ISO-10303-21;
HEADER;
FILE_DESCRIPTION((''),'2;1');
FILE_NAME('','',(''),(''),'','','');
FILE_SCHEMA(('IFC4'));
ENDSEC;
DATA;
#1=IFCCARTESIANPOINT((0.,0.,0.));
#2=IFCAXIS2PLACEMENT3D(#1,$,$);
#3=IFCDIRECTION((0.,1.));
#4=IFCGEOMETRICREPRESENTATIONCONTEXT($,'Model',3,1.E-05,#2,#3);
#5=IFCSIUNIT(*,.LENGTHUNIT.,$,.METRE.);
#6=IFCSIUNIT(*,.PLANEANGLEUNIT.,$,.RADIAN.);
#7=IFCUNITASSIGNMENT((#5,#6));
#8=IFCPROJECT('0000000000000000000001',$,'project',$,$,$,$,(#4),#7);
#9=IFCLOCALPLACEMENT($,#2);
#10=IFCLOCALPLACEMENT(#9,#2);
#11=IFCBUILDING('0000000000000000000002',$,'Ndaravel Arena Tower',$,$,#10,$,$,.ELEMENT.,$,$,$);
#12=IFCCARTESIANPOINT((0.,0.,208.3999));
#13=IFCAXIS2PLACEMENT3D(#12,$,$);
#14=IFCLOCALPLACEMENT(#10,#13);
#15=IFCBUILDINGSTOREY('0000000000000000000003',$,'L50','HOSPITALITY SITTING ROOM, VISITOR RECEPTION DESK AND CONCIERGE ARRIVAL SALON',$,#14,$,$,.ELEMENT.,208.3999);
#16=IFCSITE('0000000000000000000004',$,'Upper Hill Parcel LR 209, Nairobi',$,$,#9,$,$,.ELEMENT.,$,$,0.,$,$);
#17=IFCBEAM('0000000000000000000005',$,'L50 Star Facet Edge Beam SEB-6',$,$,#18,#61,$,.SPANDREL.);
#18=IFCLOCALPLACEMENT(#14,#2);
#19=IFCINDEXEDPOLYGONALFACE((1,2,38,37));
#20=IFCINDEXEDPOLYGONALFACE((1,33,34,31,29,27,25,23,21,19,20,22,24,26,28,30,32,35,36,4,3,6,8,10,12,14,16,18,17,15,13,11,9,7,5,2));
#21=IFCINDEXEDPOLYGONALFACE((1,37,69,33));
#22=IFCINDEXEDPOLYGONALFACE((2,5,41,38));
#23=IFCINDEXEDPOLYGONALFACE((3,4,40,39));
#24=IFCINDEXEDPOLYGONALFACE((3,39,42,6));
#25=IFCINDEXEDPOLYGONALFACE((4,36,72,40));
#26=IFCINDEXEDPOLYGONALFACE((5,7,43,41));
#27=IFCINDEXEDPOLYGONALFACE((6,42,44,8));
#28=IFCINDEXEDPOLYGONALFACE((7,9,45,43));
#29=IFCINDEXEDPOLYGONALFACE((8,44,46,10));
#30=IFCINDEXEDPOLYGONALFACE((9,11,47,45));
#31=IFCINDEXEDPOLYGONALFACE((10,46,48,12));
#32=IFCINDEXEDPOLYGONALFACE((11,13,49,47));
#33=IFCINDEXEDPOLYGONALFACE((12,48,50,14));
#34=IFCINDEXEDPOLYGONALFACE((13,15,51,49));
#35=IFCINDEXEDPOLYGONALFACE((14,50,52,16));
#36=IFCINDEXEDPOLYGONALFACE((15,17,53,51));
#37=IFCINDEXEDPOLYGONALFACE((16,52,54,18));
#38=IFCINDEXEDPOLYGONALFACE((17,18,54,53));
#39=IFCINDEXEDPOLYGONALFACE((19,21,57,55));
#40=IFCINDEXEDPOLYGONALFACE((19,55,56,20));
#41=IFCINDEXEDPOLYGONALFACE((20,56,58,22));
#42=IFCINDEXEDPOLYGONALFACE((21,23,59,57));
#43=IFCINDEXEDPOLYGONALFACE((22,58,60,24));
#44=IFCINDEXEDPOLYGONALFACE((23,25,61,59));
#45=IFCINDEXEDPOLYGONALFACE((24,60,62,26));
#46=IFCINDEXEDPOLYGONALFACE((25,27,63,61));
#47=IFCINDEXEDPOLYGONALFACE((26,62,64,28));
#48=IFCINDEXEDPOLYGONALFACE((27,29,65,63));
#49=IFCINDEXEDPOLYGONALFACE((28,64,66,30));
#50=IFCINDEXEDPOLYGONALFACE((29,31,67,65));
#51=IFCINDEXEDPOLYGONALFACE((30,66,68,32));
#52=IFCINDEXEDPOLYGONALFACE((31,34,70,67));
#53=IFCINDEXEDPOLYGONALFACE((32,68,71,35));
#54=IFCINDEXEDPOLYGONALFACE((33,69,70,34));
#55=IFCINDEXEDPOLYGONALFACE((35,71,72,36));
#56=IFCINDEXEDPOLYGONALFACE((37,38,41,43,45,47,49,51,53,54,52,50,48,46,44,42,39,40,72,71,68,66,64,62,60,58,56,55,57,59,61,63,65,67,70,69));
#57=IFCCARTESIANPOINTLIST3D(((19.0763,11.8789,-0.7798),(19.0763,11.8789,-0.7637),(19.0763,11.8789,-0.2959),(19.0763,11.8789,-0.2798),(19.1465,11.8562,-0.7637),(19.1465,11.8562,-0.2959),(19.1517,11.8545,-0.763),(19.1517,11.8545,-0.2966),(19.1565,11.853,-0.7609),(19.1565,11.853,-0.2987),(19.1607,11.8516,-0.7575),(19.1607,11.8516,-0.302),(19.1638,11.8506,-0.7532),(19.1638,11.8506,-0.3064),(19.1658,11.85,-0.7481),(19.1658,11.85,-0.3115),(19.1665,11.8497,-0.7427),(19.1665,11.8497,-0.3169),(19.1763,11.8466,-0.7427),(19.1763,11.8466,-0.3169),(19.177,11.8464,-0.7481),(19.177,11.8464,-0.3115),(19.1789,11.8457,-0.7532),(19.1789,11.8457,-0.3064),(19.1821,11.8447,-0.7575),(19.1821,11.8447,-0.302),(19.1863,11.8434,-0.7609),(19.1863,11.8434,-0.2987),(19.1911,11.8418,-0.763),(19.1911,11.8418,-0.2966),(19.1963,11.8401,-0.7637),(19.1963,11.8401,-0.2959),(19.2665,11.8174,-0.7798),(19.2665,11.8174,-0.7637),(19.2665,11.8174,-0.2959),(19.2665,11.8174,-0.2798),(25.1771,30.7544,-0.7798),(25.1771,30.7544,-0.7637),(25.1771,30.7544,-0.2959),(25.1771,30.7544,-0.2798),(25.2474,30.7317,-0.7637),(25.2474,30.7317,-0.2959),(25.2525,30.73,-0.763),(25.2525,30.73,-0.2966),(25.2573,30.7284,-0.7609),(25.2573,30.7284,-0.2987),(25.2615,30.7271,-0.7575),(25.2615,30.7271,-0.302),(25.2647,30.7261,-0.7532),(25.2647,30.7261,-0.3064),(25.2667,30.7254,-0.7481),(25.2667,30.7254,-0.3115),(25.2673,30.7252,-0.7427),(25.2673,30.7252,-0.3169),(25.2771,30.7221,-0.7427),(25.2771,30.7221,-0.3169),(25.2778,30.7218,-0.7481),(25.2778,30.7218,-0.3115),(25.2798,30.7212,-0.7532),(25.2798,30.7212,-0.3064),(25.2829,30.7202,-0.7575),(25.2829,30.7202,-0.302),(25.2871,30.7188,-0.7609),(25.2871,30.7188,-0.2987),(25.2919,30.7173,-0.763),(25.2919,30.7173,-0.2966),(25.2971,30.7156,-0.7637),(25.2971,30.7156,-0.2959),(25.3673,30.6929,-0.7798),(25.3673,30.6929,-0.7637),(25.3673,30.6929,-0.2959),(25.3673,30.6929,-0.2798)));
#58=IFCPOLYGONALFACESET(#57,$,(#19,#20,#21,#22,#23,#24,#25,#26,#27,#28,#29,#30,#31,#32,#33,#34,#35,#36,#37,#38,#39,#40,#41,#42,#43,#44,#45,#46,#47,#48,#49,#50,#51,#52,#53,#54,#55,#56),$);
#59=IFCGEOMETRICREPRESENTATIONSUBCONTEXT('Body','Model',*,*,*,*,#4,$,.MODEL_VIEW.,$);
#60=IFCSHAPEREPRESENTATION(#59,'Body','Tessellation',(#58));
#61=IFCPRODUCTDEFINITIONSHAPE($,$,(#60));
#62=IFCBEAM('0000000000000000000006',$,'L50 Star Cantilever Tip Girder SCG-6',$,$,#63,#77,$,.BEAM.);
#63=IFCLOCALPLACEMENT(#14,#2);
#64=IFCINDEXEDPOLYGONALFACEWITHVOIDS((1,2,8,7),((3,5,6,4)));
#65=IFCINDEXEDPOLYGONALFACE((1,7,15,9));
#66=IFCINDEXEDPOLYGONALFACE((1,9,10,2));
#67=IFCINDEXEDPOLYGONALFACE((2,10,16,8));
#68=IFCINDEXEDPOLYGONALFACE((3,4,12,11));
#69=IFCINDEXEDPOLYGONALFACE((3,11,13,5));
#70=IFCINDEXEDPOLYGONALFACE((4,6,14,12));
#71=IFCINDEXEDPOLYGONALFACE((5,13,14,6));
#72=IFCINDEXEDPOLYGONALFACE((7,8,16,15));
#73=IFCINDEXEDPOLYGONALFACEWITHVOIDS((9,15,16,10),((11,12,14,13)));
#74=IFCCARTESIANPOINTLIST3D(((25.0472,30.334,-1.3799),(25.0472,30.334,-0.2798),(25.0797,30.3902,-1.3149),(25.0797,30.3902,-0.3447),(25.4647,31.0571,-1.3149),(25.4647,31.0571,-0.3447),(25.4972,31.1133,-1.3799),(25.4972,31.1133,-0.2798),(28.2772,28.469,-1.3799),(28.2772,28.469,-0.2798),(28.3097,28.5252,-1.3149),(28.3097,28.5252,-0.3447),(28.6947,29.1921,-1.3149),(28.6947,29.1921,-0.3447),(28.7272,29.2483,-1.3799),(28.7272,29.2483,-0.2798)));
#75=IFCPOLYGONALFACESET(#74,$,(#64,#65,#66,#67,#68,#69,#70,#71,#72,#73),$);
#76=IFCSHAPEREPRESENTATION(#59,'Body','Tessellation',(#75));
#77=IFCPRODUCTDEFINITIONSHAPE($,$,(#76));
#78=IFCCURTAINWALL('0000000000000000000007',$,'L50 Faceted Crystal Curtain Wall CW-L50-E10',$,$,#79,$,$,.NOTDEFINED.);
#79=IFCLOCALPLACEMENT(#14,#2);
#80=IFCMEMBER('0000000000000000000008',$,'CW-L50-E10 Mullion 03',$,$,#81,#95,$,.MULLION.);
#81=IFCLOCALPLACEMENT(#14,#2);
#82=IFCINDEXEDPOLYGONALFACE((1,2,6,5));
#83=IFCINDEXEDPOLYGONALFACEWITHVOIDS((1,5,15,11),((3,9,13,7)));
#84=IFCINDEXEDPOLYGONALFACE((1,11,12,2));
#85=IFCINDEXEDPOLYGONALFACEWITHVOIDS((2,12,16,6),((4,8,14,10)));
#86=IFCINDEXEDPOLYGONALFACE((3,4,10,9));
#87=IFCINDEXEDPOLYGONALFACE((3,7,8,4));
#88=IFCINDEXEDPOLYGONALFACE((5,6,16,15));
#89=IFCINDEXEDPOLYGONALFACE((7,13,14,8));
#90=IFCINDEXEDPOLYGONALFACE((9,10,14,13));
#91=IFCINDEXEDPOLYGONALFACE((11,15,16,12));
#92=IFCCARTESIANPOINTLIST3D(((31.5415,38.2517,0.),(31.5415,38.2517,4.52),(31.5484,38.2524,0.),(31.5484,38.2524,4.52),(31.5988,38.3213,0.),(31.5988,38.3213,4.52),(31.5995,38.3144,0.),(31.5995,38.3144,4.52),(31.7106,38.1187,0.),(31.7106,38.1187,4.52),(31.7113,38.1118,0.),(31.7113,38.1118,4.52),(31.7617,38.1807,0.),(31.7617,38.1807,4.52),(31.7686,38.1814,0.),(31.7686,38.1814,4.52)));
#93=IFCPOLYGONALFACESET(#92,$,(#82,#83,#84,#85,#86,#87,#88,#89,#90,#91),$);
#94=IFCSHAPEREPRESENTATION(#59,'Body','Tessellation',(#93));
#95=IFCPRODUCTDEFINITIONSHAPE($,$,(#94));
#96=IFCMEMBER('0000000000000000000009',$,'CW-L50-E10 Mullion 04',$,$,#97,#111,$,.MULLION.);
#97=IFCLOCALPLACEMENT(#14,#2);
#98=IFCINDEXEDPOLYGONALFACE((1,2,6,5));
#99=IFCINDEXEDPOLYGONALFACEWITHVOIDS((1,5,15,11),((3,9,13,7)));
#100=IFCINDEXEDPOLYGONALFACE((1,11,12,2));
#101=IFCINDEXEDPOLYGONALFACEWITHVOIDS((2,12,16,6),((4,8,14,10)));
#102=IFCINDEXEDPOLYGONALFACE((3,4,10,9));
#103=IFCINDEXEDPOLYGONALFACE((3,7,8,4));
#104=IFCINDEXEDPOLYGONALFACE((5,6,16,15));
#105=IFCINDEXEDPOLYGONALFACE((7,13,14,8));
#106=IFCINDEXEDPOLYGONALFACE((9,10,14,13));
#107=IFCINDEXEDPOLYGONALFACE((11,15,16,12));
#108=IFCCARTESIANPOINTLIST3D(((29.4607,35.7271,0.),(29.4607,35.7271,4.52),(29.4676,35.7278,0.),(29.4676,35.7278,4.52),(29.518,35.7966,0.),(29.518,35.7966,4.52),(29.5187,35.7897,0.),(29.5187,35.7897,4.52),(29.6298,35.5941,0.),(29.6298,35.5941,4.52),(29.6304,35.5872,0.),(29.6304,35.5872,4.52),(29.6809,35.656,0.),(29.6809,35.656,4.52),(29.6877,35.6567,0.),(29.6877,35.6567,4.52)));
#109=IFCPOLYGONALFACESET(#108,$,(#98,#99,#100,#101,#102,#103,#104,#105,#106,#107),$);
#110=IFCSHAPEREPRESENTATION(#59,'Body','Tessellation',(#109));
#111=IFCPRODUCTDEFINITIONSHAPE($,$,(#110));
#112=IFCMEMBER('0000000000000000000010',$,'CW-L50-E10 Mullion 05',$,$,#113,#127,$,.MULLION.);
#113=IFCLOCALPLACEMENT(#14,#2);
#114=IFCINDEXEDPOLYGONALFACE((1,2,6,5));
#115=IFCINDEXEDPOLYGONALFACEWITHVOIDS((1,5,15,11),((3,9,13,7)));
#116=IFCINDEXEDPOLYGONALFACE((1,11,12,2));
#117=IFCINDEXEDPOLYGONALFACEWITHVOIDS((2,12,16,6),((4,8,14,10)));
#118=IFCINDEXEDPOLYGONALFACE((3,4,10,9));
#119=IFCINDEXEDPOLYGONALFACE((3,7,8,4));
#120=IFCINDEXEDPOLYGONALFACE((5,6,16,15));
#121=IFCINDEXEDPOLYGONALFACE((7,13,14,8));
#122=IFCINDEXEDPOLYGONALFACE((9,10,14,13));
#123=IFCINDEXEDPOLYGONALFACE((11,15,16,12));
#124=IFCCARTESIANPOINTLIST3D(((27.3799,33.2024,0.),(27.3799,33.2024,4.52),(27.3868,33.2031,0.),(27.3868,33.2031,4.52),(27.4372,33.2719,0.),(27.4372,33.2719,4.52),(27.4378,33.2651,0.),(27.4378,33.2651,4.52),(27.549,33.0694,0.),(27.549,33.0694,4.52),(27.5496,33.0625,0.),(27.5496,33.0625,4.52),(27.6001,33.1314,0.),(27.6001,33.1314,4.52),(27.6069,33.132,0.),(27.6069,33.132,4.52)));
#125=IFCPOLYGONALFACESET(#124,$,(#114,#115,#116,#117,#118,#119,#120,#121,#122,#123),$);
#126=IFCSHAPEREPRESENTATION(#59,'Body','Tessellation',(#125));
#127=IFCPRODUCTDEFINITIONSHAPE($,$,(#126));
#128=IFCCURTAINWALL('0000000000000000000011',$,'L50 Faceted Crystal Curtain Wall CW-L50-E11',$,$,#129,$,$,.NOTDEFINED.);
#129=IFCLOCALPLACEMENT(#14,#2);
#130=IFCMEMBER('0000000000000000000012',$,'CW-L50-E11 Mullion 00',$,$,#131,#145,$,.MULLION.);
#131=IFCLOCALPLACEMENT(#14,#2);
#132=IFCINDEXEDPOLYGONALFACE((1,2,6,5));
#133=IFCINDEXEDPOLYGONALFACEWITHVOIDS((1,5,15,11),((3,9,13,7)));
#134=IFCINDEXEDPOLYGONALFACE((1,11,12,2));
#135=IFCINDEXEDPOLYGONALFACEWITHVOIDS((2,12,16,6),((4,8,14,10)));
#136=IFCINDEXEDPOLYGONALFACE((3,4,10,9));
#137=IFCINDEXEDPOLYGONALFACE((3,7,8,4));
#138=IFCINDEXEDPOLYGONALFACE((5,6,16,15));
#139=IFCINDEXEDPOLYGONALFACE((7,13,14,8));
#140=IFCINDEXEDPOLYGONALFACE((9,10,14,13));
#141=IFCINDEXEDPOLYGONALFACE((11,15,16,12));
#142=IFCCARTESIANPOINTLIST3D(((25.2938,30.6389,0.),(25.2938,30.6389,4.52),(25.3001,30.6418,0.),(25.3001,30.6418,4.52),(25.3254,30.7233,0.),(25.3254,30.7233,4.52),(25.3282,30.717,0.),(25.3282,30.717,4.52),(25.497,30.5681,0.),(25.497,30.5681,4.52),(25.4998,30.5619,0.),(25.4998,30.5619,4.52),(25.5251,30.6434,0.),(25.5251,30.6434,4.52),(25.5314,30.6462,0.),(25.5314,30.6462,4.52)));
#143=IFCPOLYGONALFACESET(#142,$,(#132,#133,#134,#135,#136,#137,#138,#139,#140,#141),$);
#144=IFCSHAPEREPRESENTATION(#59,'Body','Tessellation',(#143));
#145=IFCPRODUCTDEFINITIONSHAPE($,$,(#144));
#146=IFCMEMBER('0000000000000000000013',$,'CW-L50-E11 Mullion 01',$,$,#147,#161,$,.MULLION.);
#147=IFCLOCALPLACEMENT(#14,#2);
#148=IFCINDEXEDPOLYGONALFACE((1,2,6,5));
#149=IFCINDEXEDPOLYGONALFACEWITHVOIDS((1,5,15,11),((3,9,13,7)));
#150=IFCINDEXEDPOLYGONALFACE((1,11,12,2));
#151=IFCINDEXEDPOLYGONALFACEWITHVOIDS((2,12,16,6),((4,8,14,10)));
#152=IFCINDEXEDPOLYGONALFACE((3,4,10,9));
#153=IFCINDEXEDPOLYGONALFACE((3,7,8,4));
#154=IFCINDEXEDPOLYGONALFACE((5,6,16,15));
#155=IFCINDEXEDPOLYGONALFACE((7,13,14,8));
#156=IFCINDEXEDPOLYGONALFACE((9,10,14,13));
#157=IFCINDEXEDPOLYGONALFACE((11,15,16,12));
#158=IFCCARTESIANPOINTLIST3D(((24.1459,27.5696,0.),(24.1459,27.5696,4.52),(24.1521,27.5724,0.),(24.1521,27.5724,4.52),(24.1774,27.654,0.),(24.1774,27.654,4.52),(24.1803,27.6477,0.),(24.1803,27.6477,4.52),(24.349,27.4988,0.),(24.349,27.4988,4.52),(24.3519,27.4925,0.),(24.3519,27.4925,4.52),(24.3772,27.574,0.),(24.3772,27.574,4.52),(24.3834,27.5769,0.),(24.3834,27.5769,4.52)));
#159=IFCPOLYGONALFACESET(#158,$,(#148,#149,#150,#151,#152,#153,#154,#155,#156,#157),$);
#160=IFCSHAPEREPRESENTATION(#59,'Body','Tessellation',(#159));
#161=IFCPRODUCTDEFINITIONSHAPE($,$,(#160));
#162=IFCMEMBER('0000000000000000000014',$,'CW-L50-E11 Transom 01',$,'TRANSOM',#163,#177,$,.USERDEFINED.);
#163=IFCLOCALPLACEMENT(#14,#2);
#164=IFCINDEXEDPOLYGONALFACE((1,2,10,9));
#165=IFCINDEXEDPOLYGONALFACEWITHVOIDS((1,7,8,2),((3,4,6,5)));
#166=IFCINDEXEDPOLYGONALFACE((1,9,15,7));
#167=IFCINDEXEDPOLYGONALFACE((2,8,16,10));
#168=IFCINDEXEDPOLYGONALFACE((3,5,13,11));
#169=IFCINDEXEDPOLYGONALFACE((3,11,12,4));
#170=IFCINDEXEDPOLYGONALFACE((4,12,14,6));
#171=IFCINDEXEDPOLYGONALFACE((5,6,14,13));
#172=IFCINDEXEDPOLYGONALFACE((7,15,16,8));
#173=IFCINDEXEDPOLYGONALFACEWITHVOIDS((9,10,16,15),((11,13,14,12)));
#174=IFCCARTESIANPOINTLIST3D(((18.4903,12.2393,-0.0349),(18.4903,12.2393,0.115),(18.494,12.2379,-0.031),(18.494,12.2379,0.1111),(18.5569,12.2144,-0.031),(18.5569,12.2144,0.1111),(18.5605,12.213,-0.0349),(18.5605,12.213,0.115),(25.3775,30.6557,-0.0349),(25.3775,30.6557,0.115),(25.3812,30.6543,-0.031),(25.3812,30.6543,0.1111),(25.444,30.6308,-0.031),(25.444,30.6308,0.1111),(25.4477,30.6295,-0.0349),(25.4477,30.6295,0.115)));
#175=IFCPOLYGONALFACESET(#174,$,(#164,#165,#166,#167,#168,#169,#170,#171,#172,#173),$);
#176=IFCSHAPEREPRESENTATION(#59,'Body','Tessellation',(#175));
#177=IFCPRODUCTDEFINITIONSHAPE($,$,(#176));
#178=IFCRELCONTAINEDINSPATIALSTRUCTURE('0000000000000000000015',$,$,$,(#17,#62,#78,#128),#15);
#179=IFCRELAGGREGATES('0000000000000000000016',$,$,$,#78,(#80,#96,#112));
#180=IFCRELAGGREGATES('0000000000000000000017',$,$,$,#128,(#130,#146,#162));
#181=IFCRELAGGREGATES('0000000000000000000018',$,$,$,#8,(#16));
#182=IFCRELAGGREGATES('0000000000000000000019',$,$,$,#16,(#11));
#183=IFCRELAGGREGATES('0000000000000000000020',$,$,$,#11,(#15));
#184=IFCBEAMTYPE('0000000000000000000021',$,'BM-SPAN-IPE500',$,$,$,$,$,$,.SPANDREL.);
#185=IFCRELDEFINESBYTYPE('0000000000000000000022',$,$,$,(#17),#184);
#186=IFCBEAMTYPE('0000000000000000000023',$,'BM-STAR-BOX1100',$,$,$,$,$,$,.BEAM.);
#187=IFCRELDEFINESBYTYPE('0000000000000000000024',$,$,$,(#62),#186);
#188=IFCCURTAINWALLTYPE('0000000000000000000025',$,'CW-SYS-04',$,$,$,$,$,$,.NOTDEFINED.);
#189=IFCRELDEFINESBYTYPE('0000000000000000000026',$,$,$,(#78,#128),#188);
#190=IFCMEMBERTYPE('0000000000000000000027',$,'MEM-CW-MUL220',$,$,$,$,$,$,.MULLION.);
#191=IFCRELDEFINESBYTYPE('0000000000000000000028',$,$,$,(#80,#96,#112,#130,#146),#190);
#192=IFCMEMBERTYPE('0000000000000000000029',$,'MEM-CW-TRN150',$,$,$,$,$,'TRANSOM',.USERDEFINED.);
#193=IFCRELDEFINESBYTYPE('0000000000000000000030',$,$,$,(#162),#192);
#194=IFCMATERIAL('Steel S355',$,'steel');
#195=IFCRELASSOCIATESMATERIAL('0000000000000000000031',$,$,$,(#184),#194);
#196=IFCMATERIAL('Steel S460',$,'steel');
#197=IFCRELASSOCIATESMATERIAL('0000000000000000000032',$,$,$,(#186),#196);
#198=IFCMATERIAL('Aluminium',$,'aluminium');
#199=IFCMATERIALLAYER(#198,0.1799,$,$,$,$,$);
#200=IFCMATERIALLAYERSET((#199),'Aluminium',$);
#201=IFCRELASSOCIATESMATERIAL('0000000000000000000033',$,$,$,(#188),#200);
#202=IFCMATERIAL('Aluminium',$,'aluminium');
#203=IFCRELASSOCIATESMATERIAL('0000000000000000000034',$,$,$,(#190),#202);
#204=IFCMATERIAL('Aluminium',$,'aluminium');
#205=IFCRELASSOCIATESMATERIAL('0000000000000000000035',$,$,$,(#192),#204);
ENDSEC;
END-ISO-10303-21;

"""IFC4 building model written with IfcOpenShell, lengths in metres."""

from ifc_helpers import new_model, si_unit, direction, frame, origin, origin_2d, place, context, subcontext, project, spatial, hollow_rectangle, i_section, extrude, material, layer, layer_set, material_profile, profile_set, type_object, element, aggregate, save


model = new_model("IFC4")

# Units and contexts
model_context = context("Model", 3, precision=1e-05, world=origin(), true_north=direction((0.0, 1.0)))
body_context = subcontext(model_context, "Body", "Model", "MODEL_VIEW")
ifc_project = project(units=[si_unit("LENGTHUNIT", "METRE"), si_unit("PLANEANGLEUNIT", "RADIAN")], contexts=[model_context])

# Site, building, storey
site_placement = place(None, origin())
site = spatial("IfcSite", under=ifc_project, at=site_placement, Name="Upper Hill Parcel LR 209, Nairobi", CompositionType="ELEMENT", RefElevation=0.0)
building_placement = place(site_placement, origin())
building = spatial("IfcBuilding", under=site, at=building_placement, Name="Ndaravel Arena Tower", CompositionType="ELEMENT")
storey_placement = place(building_placement, frame((0.0, 0.0, 208.3999)))
storey = spatial("IfcBuildingStorey", under=building, at=storey_placement, Name="L50", Description="HOSPITALITY SITTING ROOM, VISITOR RECEPTION DESK AND CONCIERGE ARRIVAL SALON", CompositionType="ELEMENT", Elevation=208.3999)

# Beams
ifc_material_1 = material(Name="Steel S355", Category="steel")
ifc_material_profile_1 = material_profile(ifc_material_1, i_section(OverallWidth=0.2, OverallDepth=0.5, WebThickness=0.0103, FlangeThickness=0.0161, FilletRadius=0.021, at=origin_2d()), Name="IPE 500")
ifc_profile_set_1 = profile_set([ifc_material_profile_1], Name="Steel S355")
beam_type_1 = type_object("IfcBeamType", Name="BM-SPAN-IPE500", PredefinedType="SPANDREL", material=ifc_profile_set_1)
beam_1_placement = place(storey_placement, frame((25.2722, 30.7236, -0.5298), z_axis=(-0.307549, -0.951532, 0.0), x_axis=(0.951532, -0.307549, 0.0)))
element("IfcBeam", 1, at=beam_1_placement, inside=storey, type_object=beam_type_1, Name="L50 Star Facet Edge Beam SEB-6", PredefinedType="SPANDREL", context=body_context, shape_type="SweptSolid", body=[
    extrude(i_section(OverallWidth=0.2, OverallDepth=0.5, WebThickness=0.0103, FlangeThickness=0.0161, FilletRadius=0.021, at=origin_2d()), origin(), (0.0, 0.0, 1.0), 19.8369),
])
ifc_material_2 = material(Name="Steel S460", Category="steel")
ifc_material_profile_2 = material_profile(ifc_material_2, hollow_rectangle(XDim=0.8999, YDim=1.1001, WallThickness=0.0649, at=origin_2d()), Name="BOX 1100x900x65")
ifc_profile_set_2 = profile_set([ifc_material_profile_2], Name="Steel S460")
beam_type_2 = type_object("IfcBeamType", Name="BM-STAR-BOX1100", PredefinedType="BEAM", material=ifc_profile_set_2)
beam_2_placement = place(storey_placement, frame((28.5022, 28.8586, -0.8298), z_axis=(-0.866007, 0.500032, 0.0), x_axis=(-0.500032, -0.866007, 0.0)))
element("IfcBeam", 2, at=beam_2_placement, inside=storey, type_object=beam_type_2, Name="L50 Star Cantilever Tip Girder SCG-6", PredefinedType="BEAM", context=body_context, shape_type="SweptSolid", body=[
    extrude(hollow_rectangle(XDim=0.8999, YDim=1.1001, WallThickness=0.0649, at=origin_2d()), origin(), (0.0, 0.0, 1.0), 3.7297),
])

# Curtain walls, members
ifc_material_3 = material(Name="Aluminium", Category="aluminium")
ifc_layer_1 = layer(ifc_material_3, 0.1799)
ifc_layer_set_1 = layer_set([ifc_layer_1], Name="Aluminium")
curtain_wall_type = type_object("IfcCurtainWallType", Name="CW-SYS-04", PredefinedType="NOTDEFINED", material=ifc_layer_set_1)
curtain_wall_1_placement = place(storey_placement, origin())
curtain_wall_1 = element("IfcCurtainWall", 3, at=curtain_wall_1_placement, inside=storey, type_object=curtain_wall_type, Name="L50 Faceted Crystal Curtain Wall CW-L50-E10", PredefinedType="NOTDEFINED")
ifc_material_4 = material(Name="Aluminium", Category="aluminium")
ifc_material_profile_3 = material_profile(ifc_material_4, hollow_rectangle(XDim=0.0901, YDim=0.22, WallThickness=0.0049, at=origin_2d()), Name="CW MULLION 90x220x5")
ifc_profile_set_3 = profile_set([ifc_material_profile_3], Name="Aluminium")
member_type_1 = type_object("IfcMemberType", Name="MEM-CW-MUL220", PredefinedType="MULLION", material=ifc_profile_set_3)
member_1_placement = place(storey_placement, frame((31.655, 38.2166, 0.0), z_axis=(0.0, 0.0, 1.0), x_axis=(-0.636024, -0.771669, 0.0)))
member_1 = element("IfcMember", 4, at=member_1_placement, type_object=member_type_1, Name="CW-L50-E10 Mullion 03", PredefinedType="MULLION", context=body_context, shape_type="SweptSolid", body=[
    extrude(hollow_rectangle(XDim=0.0901, YDim=0.22, WallThickness=0.0049, at=origin_2d()), origin(), (0.0, 0.0, 1.0), 4.52),
])
member_2_placement = place(storey_placement, frame((29.5742, 35.6919, 0.0), z_axis=(0.0, 0.0, 1.0), x_axis=(-0.636024, -0.771669, 0.0)))
member_2 = element("IfcMember", 5, at=member_2_placement, type_object=member_type_1, Name="CW-L50-E10 Mullion 04", PredefinedType="MULLION", context=body_context, shape_type="SweptSolid", body=[
    extrude(hollow_rectangle(XDim=0.0901, YDim=0.22, WallThickness=0.0049, at=origin_2d()), origin(), (0.0, 0.0, 1.0), 4.52),
])
member_3_placement = place(storey_placement, frame((27.4934, 33.1672, 0.0), z_axis=(0.0, 0.0, 1.0), x_axis=(-0.636024, -0.771669, 0.0)))
member_3 = element("IfcMember", 6, at=member_3_placement, type_object=member_type_1, Name="CW-L50-E10 Mullion 05", PredefinedType="MULLION", context=body_context, shape_type="SweptSolid", body=[
    extrude(hollow_rectangle(XDim=0.0901, YDim=0.22, WallThickness=0.0049, at=origin_2d()), origin(), (0.0, 0.0, 1.0), 4.52),
])
curtain_wall_2_placement = place(storey_placement, origin())
curtain_wall_2 = element("IfcCurtainWall", 7, at=curtain_wall_2_placement, inside=storey, type_object=curtain_wall_type, Name="L50 Faceted Crystal Curtain Wall CW-L50-E11", PredefinedType="NOTDEFINED")
member_4_placement = place(storey_placement, frame((25.4126, 30.6426, 0.0), z_axis=(0.0, 0.0, 1.0), x_axis=(-0.350273, -0.936648, 0.0)))
member_4 = element("IfcMember", 8, at=member_4_placement, type_object=member_type_1, Name="CW-L50-E11 Mullion 00", PredefinedType="MULLION", context=body_context, shape_type="SweptSolid", body=[
    extrude(hollow_rectangle(XDim=0.0901, YDim=0.22, WallThickness=0.0049, at=origin_2d()), origin(), (0.0, 0.0, 1.0), 4.52),
])
member_5_placement = place(storey_placement, frame((24.2646, 27.5732, 0.0), z_axis=(0.0, 0.0, 1.0), x_axis=(-0.350273, -0.936648, 0.0)))
member_5 = element("IfcMember", 9, at=member_5_placement, type_object=member_type_1, Name="CW-L50-E11 Mullion 01", PredefinedType="MULLION", context=body_context, shape_type="SweptSolid", body=[
    extrude(hollow_rectangle(XDim=0.0901, YDim=0.22, WallThickness=0.0049, at=origin_2d()), origin(), (0.0, 0.0, 1.0), 4.52),
])
ifc_material_5 = material(Name="Aluminium", Category="aluminium")
ifc_material_profile_4 = material_profile(ifc_material_5, hollow_rectangle(XDim=0.075, YDim=0.1499, WallThickness=0.0039, at=origin_2d()), Name="CW TRANSOM 75x150x4")
ifc_profile_set_4 = profile_set([ifc_material_profile_4], Name="Aluminium")
member_type_2 = type_object("IfcMemberType", Name="MEM-CW-TRN150", ElementType="TRANSOM", PredefinedType="USERDEFINED", material=ifc_profile_set_4)
member_6_placement = place(storey_placement, frame((25.4126, 30.6426, 0.04), z_axis=(-0.350277, -0.936646, 0.0), x_axis=(0.936646, -0.350277, 0.0)))
member_6 = element("IfcMember", 10, at=member_6_placement, type_object=member_type_2, Name="CW-L50-E11 Transom 01", ObjectType="TRANSOM", PredefinedType="USERDEFINED", context=body_context, shape_type="SweptSolid", body=[
    extrude(hollow_rectangle(XDim=0.075, YDim=0.1499, WallThickness=0.0039, at=origin_2d()), origin(), (0.0, 0.0, 1.0), 19.6621),
])

aggregate(curtain_wall_1, [member_1, member_2, member_3])
aggregate(curtain_wall_2, [member_4, member_5, member_6])

save(model, "model.ifc")
